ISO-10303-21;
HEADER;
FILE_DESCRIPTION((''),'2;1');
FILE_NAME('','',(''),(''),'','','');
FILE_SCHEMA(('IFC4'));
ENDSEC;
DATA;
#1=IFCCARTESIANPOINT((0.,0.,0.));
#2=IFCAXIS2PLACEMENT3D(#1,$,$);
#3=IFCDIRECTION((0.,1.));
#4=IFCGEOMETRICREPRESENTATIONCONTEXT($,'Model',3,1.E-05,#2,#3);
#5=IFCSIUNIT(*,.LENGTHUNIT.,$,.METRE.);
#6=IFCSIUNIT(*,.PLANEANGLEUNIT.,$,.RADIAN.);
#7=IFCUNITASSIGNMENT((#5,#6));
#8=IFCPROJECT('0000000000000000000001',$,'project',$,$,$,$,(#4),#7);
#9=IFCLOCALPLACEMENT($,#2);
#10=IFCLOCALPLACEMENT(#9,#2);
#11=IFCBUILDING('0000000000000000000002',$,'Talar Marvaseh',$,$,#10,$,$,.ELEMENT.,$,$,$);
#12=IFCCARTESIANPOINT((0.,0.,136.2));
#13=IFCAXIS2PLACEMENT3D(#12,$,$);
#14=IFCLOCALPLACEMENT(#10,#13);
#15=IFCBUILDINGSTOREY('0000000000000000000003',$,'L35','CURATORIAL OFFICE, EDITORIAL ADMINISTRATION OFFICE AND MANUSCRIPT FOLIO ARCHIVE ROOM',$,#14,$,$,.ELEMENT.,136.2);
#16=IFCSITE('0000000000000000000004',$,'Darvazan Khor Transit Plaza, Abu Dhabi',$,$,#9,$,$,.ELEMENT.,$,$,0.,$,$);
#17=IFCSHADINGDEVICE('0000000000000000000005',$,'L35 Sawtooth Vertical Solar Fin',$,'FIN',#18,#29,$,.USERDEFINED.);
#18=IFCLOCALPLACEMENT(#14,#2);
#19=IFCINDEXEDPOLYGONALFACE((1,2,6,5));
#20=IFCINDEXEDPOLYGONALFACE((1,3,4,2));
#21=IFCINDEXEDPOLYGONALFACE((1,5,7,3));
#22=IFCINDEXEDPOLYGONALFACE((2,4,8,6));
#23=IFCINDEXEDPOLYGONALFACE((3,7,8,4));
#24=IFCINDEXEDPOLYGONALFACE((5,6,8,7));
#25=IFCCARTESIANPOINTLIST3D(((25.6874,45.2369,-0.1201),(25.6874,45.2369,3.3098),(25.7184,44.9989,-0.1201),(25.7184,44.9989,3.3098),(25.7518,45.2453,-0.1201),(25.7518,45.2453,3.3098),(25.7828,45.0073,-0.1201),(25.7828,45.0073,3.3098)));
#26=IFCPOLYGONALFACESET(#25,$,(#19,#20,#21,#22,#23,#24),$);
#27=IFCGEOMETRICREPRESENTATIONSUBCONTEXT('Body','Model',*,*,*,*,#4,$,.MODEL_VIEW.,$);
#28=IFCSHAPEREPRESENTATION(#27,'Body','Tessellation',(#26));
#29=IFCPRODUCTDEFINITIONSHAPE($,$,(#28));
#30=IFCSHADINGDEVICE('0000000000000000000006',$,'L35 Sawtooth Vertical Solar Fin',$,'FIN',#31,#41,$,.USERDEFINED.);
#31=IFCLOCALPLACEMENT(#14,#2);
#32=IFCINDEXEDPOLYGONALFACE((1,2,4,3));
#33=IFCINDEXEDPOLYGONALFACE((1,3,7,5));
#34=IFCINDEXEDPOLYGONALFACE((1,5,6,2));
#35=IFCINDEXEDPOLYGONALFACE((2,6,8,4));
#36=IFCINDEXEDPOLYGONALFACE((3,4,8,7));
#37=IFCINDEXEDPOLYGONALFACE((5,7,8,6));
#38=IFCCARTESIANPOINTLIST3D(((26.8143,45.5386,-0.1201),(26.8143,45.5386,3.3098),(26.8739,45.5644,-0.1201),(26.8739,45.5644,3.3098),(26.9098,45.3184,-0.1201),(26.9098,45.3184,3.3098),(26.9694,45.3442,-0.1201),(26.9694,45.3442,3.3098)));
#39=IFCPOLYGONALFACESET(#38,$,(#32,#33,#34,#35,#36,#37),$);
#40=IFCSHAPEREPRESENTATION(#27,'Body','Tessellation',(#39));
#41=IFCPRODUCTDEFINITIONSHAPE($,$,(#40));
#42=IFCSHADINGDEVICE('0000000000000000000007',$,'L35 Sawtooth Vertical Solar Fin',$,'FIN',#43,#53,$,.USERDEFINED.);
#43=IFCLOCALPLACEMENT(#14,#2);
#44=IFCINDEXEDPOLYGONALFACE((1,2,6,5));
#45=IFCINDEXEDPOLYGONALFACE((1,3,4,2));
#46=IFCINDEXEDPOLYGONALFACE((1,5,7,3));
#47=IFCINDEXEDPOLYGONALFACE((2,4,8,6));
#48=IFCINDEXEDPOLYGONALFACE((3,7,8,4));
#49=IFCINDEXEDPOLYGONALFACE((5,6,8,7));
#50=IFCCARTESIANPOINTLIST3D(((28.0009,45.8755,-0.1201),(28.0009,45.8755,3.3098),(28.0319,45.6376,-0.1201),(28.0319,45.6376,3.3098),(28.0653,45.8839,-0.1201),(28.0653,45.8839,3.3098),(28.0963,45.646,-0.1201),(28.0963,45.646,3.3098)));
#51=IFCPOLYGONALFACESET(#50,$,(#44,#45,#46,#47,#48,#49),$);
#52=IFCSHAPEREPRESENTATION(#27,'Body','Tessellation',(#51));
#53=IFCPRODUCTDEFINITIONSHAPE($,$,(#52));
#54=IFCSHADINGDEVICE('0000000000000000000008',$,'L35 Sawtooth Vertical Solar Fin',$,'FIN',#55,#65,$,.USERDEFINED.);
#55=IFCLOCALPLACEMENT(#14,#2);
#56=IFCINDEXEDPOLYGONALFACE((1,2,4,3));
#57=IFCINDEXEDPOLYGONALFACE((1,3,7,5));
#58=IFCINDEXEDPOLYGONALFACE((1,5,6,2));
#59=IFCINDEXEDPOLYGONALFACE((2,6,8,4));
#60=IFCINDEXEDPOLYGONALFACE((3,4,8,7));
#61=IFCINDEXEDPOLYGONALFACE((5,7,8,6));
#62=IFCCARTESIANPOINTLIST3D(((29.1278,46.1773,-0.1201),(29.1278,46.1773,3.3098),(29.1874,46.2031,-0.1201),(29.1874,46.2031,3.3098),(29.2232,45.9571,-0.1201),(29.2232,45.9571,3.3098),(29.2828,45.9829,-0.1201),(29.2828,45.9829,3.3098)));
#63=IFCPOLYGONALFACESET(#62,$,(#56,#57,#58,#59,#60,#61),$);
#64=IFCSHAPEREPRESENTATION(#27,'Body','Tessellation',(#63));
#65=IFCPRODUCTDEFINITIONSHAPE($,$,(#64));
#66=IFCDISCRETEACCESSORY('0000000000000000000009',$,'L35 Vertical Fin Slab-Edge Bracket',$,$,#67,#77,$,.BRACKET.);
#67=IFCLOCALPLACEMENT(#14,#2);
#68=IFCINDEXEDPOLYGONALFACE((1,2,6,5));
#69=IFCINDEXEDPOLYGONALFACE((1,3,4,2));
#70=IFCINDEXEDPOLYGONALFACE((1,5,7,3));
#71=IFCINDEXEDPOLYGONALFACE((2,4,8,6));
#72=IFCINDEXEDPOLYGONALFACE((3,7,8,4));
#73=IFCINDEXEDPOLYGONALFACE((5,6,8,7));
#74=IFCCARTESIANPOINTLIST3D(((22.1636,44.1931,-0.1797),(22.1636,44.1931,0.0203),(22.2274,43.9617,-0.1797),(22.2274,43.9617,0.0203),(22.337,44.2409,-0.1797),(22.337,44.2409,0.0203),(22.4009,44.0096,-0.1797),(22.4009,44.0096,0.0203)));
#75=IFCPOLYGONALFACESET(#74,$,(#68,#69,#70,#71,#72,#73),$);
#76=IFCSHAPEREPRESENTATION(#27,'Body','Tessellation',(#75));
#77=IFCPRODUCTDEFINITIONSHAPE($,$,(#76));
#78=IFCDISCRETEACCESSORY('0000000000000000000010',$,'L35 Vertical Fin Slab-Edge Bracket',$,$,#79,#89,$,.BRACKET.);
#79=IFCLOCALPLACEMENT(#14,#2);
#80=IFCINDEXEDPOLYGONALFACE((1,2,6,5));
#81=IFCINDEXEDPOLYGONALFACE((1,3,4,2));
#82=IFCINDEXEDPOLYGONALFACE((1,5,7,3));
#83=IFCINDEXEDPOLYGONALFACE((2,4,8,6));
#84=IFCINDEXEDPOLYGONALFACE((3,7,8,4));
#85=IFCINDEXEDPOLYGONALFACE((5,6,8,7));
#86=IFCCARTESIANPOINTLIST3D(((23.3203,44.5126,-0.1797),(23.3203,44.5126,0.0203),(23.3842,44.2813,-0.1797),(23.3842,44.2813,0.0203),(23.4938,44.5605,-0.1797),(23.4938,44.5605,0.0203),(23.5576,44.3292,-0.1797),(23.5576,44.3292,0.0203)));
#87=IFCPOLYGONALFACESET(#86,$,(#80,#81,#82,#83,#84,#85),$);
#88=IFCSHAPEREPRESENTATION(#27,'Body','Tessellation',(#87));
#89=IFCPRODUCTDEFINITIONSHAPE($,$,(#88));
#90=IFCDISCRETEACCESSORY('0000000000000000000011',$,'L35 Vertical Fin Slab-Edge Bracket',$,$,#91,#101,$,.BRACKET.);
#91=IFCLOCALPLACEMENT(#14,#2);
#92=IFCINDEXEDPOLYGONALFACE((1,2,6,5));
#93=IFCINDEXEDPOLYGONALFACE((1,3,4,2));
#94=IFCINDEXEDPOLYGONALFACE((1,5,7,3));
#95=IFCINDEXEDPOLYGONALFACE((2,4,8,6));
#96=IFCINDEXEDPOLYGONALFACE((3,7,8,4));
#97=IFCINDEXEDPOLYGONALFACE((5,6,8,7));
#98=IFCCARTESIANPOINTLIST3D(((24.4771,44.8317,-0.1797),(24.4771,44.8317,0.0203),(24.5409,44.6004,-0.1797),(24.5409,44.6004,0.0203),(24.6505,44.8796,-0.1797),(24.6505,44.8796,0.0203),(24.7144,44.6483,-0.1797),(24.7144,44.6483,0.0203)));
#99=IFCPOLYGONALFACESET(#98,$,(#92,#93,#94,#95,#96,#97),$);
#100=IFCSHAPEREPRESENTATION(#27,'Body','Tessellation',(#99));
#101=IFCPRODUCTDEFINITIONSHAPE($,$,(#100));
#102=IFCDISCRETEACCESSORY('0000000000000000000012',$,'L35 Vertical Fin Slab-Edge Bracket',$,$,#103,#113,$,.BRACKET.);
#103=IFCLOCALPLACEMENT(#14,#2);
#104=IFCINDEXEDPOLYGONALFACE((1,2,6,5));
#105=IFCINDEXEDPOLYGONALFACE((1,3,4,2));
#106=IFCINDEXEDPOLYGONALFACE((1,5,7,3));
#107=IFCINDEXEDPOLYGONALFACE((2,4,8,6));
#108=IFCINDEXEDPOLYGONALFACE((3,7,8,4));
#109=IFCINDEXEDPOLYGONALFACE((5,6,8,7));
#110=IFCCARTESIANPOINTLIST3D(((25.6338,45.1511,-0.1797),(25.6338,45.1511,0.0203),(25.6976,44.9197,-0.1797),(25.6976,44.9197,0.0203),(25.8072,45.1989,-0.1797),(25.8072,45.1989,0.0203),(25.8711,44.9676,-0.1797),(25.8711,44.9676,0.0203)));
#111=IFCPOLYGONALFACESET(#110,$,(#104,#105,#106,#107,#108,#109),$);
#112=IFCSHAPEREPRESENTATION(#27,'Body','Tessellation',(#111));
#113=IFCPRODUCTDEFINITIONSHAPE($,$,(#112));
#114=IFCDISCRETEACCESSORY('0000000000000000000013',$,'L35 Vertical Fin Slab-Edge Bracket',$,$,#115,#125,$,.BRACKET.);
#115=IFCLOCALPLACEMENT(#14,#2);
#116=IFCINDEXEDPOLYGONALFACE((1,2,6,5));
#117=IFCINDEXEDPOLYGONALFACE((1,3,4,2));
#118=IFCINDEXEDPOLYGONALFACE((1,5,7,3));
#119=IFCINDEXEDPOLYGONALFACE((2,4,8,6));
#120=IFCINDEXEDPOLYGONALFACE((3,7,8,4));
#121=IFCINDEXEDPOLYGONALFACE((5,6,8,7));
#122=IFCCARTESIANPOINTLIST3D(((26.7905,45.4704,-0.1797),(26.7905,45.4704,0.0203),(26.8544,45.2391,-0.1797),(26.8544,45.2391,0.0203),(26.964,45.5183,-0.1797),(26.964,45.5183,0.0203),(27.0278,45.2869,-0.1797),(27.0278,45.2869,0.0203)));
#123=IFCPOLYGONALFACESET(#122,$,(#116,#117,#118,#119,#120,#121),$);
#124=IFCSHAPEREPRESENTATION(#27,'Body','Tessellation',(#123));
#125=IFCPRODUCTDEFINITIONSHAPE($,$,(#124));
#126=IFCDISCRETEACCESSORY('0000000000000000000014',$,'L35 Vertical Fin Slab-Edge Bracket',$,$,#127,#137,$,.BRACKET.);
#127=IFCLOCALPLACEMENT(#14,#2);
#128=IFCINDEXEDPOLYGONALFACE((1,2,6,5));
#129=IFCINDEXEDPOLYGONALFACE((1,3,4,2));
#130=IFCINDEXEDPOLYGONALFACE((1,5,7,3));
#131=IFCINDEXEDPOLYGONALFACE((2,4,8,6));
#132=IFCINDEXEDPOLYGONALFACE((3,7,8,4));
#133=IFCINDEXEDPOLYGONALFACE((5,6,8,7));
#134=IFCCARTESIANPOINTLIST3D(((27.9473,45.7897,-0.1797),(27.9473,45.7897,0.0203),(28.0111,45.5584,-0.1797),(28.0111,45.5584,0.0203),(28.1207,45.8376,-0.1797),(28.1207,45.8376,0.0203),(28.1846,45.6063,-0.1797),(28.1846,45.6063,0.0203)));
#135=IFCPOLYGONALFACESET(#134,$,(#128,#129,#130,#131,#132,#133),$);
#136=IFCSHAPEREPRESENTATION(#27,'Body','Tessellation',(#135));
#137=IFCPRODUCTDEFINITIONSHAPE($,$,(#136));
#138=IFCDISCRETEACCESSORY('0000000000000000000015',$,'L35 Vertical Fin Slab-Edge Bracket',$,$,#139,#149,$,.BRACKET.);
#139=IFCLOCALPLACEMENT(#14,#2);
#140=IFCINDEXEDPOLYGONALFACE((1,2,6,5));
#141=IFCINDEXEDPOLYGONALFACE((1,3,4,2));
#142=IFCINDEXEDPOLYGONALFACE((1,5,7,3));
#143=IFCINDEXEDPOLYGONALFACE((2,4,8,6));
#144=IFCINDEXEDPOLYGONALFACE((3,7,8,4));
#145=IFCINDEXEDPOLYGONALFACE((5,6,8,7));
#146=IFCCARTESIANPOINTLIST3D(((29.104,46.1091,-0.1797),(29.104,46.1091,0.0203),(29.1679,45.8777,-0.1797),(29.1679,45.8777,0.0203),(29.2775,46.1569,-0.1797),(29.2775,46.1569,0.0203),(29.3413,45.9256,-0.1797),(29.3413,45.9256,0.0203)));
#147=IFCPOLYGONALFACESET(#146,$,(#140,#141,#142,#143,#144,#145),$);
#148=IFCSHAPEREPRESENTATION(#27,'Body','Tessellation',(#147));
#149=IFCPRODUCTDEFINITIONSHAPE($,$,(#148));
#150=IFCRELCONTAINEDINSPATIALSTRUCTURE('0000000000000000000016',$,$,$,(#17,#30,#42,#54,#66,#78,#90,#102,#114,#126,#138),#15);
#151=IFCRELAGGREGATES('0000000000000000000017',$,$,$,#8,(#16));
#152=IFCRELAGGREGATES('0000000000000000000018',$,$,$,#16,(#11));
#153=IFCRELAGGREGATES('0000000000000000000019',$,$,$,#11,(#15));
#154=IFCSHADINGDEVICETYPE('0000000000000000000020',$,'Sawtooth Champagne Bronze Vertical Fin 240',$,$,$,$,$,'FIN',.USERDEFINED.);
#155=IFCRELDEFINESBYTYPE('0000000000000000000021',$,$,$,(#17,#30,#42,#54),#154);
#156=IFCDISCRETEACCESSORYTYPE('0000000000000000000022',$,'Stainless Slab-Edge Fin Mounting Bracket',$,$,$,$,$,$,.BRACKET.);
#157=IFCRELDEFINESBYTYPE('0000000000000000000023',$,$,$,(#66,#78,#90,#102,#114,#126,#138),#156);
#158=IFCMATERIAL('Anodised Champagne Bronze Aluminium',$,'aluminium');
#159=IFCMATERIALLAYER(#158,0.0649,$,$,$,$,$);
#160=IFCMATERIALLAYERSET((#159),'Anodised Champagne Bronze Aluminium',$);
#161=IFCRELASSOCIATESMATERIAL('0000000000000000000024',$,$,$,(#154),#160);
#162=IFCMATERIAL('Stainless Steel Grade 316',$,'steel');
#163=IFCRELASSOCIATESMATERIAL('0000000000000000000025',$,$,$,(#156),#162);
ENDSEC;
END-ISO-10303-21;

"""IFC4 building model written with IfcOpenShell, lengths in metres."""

from ifc_helpers import new_model, si_unit, direction, frame, origin, origin_2d, place, context, subcontext, project, spatial, rectangle, extrude, source, transform, mapped, material, layer, layer_set, type_object, type_shapes, element, save


model = new_model("IFC4")

# Units and contexts
model_context = context("Model", 3, precision=1e-05, world=origin(), true_north=direction((0.0, 1.0)))
body_context = subcontext(model_context, "Body", "Model", "MODEL_VIEW")
ifc_project = project(units=[si_unit("LENGTHUNIT", "METRE"), si_unit("PLANEANGLEUNIT", "RADIAN")], contexts=[model_context])

# Site, building, storey
site_placement = place(None, origin())
site = spatial("IfcSite", under=ifc_project, at=site_placement, Name="Darvazan Khor Transit Plaza, Abu Dhabi", CompositionType="ELEMENT", RefElevation=0.0)
building_placement = place(site_placement, origin())
building = spatial("IfcBuilding", under=site, at=building_placement, Name="Talar Marvaseh", CompositionType="ELEMENT")
storey_placement = place(building_placement, frame((0.0, 0.0, 136.2)))
storey = spatial("IfcBuildingStorey", under=building, at=storey_placement, Name="L35", Description="CURATORIAL OFFICE, EDITORIAL ADMINISTRATION OFFICE AND MANUSCRIPT FOLIO ARCHIVE ROOM", CompositionType="ELEMENT", Elevation=136.2)

# Shading devices
ifc_material_1 = material(Name="Anodised Champagne Bronze Aluminium", Category="aluminium")
ifc_layer_1 = layer(ifc_material_1, 0.0649)
ifc_layer_set_1 = layer_set([ifc_layer_1], Name="Anodised Champagne Bronze Aluminium")
shading_device_type = type_object("IfcShadingDeviceType", Name="Sawtooth Champagne Bronze Vertical Fin 240", ElementType="FIN", PredefinedType="USERDEFINED", material=ifc_layer_set_1)
shared_shape_1 = source(origin(), body_context, "Body", "SweptSolid", [
    extrude(rectangle(XDim=0.24, YDim=0.0649, at=origin_2d()), origin(), (0.0, 0.0, 1.0), 3.4299),
])
type_shapes(shading_device_type, [shared_shape_1])
for number, where, z_axis, x_axis, name in (
    (1, (25.7351, 45.1221, -0.1201), (0.0, 0.0, 1.0), (-0.129315, 0.991604, 0.0), "L35 Sawtooth Vertical Solar Fin"),
    (2, (26.8918, 45.4414, -0.1201), (0.0, 0.0, 1.0), (-0.397628, 0.917547, 0.0), "L35 Sawtooth Vertical Solar Fin"),
    (3, (28.0486, 45.7607, -0.1201), (0.0, 0.0, 1.0), (-0.129315, 0.991604, 0.0), "L35 Sawtooth Vertical Solar Fin"),
    (4, (29.2053, 46.0801, -0.1201), (0.0, 0.0, 1.0), (-0.397628, 0.917547, 0.0), "L35 Sawtooth Vertical Solar Fin"),
):
    element("IfcShadingDevice", number, at=place(storey_placement, frame(where, z_axis=z_axis, x_axis=x_axis)), inside=storey, type_object=shading_device_type, Name=name, ObjectType="FIN", PredefinedType="USERDEFINED", context=body_context, shape_type="MappedRepresentation", body=[
        mapped(shared_shape_1, transform((0.0, 0.0, 0.0), x_axis=(1.0, 0.0, 0.0), y_axis=(0.0, 1.0, 0.0), z_axis=(0.0, 0.0, 1.0), scale=1.0)),
    ])

# Discrete accessories
ifc_material_2 = material(Name="Stainless Steel Grade 316", Category="steel")
discrete_accessory_type = type_object("IfcDiscreteAccessoryType", Name="Stainless Slab-Edge Fin Mounting Bracket", PredefinedType="BRACKET", material=ifc_material_2)
shared_shape_2 = source(origin(), body_context, "Body", "SweptSolid", [
    extrude(rectangle(XDim=0.24, YDim=0.1799, at=origin_2d()), origin(), (0.0, 0.0, 1.0), 0.2),
])
type_shapes(discrete_accessory_type, [shared_shape_2])
for number, where, z_axis, x_axis, name in (
    (5, (22.2822, 44.1013, -0.1797), (0.0, 0.0, 1.0), (-0.266061, 0.963956, 0.0), "L35 Vertical Fin Slab-Edge Bracket"),
    (6, (23.439, 44.4209, -0.1797), (0.0, 0.0, 1.0), (-0.266061, 0.963956, 0.0), "L35 Vertical Fin Slab-Edge Bracket"),
    (7, (24.5957, 44.74, -0.1797), (0.0, 0.0, 1.0), (-0.266061, 0.963956, 0.0), "L35 Vertical Fin Slab-Edge Bracket"),
    (8, (25.7524, 45.0593, -0.1797), (0.0, 0.0, 1.0), (-0.266061, 0.963956, 0.0), "L35 Vertical Fin Slab-Edge Bracket"),
    (9, (26.9092, 45.3787, -0.1797), (0.0, 0.0, 1.0), (-0.266061, 0.963956, 0.0), "L35 Vertical Fin Slab-Edge Bracket"),
    (10, (28.0659, 45.698, -0.1797), (0.0, 0.0, 1.0), (-0.266061, 0.963956, 0.0), "L35 Vertical Fin Slab-Edge Bracket"),
    (11, (29.2227, 46.0173, -0.1797), (0.0, 0.0, 1.0), (-0.266061, 0.963956, 0.0), "L35 Vertical Fin Slab-Edge Bracket"),
):
    element("IfcDiscreteAccessory", number, at=place(storey_placement, frame(where, z_axis=z_axis, x_axis=x_axis)), inside=storey, type_object=discrete_accessory_type, Name=name, PredefinedType="BRACKET", context=body_context, shape_type="MappedRepresentation", body=[
        mapped(shared_shape_2, transform((0.0, 0.0, 0.0), x_axis=(1.0, 0.0, 0.0), y_axis=(0.0, 1.0, 0.0), z_axis=(0.0, 0.0, 1.0), scale=1.0)),
    ])

save(model, "model.ifc")
